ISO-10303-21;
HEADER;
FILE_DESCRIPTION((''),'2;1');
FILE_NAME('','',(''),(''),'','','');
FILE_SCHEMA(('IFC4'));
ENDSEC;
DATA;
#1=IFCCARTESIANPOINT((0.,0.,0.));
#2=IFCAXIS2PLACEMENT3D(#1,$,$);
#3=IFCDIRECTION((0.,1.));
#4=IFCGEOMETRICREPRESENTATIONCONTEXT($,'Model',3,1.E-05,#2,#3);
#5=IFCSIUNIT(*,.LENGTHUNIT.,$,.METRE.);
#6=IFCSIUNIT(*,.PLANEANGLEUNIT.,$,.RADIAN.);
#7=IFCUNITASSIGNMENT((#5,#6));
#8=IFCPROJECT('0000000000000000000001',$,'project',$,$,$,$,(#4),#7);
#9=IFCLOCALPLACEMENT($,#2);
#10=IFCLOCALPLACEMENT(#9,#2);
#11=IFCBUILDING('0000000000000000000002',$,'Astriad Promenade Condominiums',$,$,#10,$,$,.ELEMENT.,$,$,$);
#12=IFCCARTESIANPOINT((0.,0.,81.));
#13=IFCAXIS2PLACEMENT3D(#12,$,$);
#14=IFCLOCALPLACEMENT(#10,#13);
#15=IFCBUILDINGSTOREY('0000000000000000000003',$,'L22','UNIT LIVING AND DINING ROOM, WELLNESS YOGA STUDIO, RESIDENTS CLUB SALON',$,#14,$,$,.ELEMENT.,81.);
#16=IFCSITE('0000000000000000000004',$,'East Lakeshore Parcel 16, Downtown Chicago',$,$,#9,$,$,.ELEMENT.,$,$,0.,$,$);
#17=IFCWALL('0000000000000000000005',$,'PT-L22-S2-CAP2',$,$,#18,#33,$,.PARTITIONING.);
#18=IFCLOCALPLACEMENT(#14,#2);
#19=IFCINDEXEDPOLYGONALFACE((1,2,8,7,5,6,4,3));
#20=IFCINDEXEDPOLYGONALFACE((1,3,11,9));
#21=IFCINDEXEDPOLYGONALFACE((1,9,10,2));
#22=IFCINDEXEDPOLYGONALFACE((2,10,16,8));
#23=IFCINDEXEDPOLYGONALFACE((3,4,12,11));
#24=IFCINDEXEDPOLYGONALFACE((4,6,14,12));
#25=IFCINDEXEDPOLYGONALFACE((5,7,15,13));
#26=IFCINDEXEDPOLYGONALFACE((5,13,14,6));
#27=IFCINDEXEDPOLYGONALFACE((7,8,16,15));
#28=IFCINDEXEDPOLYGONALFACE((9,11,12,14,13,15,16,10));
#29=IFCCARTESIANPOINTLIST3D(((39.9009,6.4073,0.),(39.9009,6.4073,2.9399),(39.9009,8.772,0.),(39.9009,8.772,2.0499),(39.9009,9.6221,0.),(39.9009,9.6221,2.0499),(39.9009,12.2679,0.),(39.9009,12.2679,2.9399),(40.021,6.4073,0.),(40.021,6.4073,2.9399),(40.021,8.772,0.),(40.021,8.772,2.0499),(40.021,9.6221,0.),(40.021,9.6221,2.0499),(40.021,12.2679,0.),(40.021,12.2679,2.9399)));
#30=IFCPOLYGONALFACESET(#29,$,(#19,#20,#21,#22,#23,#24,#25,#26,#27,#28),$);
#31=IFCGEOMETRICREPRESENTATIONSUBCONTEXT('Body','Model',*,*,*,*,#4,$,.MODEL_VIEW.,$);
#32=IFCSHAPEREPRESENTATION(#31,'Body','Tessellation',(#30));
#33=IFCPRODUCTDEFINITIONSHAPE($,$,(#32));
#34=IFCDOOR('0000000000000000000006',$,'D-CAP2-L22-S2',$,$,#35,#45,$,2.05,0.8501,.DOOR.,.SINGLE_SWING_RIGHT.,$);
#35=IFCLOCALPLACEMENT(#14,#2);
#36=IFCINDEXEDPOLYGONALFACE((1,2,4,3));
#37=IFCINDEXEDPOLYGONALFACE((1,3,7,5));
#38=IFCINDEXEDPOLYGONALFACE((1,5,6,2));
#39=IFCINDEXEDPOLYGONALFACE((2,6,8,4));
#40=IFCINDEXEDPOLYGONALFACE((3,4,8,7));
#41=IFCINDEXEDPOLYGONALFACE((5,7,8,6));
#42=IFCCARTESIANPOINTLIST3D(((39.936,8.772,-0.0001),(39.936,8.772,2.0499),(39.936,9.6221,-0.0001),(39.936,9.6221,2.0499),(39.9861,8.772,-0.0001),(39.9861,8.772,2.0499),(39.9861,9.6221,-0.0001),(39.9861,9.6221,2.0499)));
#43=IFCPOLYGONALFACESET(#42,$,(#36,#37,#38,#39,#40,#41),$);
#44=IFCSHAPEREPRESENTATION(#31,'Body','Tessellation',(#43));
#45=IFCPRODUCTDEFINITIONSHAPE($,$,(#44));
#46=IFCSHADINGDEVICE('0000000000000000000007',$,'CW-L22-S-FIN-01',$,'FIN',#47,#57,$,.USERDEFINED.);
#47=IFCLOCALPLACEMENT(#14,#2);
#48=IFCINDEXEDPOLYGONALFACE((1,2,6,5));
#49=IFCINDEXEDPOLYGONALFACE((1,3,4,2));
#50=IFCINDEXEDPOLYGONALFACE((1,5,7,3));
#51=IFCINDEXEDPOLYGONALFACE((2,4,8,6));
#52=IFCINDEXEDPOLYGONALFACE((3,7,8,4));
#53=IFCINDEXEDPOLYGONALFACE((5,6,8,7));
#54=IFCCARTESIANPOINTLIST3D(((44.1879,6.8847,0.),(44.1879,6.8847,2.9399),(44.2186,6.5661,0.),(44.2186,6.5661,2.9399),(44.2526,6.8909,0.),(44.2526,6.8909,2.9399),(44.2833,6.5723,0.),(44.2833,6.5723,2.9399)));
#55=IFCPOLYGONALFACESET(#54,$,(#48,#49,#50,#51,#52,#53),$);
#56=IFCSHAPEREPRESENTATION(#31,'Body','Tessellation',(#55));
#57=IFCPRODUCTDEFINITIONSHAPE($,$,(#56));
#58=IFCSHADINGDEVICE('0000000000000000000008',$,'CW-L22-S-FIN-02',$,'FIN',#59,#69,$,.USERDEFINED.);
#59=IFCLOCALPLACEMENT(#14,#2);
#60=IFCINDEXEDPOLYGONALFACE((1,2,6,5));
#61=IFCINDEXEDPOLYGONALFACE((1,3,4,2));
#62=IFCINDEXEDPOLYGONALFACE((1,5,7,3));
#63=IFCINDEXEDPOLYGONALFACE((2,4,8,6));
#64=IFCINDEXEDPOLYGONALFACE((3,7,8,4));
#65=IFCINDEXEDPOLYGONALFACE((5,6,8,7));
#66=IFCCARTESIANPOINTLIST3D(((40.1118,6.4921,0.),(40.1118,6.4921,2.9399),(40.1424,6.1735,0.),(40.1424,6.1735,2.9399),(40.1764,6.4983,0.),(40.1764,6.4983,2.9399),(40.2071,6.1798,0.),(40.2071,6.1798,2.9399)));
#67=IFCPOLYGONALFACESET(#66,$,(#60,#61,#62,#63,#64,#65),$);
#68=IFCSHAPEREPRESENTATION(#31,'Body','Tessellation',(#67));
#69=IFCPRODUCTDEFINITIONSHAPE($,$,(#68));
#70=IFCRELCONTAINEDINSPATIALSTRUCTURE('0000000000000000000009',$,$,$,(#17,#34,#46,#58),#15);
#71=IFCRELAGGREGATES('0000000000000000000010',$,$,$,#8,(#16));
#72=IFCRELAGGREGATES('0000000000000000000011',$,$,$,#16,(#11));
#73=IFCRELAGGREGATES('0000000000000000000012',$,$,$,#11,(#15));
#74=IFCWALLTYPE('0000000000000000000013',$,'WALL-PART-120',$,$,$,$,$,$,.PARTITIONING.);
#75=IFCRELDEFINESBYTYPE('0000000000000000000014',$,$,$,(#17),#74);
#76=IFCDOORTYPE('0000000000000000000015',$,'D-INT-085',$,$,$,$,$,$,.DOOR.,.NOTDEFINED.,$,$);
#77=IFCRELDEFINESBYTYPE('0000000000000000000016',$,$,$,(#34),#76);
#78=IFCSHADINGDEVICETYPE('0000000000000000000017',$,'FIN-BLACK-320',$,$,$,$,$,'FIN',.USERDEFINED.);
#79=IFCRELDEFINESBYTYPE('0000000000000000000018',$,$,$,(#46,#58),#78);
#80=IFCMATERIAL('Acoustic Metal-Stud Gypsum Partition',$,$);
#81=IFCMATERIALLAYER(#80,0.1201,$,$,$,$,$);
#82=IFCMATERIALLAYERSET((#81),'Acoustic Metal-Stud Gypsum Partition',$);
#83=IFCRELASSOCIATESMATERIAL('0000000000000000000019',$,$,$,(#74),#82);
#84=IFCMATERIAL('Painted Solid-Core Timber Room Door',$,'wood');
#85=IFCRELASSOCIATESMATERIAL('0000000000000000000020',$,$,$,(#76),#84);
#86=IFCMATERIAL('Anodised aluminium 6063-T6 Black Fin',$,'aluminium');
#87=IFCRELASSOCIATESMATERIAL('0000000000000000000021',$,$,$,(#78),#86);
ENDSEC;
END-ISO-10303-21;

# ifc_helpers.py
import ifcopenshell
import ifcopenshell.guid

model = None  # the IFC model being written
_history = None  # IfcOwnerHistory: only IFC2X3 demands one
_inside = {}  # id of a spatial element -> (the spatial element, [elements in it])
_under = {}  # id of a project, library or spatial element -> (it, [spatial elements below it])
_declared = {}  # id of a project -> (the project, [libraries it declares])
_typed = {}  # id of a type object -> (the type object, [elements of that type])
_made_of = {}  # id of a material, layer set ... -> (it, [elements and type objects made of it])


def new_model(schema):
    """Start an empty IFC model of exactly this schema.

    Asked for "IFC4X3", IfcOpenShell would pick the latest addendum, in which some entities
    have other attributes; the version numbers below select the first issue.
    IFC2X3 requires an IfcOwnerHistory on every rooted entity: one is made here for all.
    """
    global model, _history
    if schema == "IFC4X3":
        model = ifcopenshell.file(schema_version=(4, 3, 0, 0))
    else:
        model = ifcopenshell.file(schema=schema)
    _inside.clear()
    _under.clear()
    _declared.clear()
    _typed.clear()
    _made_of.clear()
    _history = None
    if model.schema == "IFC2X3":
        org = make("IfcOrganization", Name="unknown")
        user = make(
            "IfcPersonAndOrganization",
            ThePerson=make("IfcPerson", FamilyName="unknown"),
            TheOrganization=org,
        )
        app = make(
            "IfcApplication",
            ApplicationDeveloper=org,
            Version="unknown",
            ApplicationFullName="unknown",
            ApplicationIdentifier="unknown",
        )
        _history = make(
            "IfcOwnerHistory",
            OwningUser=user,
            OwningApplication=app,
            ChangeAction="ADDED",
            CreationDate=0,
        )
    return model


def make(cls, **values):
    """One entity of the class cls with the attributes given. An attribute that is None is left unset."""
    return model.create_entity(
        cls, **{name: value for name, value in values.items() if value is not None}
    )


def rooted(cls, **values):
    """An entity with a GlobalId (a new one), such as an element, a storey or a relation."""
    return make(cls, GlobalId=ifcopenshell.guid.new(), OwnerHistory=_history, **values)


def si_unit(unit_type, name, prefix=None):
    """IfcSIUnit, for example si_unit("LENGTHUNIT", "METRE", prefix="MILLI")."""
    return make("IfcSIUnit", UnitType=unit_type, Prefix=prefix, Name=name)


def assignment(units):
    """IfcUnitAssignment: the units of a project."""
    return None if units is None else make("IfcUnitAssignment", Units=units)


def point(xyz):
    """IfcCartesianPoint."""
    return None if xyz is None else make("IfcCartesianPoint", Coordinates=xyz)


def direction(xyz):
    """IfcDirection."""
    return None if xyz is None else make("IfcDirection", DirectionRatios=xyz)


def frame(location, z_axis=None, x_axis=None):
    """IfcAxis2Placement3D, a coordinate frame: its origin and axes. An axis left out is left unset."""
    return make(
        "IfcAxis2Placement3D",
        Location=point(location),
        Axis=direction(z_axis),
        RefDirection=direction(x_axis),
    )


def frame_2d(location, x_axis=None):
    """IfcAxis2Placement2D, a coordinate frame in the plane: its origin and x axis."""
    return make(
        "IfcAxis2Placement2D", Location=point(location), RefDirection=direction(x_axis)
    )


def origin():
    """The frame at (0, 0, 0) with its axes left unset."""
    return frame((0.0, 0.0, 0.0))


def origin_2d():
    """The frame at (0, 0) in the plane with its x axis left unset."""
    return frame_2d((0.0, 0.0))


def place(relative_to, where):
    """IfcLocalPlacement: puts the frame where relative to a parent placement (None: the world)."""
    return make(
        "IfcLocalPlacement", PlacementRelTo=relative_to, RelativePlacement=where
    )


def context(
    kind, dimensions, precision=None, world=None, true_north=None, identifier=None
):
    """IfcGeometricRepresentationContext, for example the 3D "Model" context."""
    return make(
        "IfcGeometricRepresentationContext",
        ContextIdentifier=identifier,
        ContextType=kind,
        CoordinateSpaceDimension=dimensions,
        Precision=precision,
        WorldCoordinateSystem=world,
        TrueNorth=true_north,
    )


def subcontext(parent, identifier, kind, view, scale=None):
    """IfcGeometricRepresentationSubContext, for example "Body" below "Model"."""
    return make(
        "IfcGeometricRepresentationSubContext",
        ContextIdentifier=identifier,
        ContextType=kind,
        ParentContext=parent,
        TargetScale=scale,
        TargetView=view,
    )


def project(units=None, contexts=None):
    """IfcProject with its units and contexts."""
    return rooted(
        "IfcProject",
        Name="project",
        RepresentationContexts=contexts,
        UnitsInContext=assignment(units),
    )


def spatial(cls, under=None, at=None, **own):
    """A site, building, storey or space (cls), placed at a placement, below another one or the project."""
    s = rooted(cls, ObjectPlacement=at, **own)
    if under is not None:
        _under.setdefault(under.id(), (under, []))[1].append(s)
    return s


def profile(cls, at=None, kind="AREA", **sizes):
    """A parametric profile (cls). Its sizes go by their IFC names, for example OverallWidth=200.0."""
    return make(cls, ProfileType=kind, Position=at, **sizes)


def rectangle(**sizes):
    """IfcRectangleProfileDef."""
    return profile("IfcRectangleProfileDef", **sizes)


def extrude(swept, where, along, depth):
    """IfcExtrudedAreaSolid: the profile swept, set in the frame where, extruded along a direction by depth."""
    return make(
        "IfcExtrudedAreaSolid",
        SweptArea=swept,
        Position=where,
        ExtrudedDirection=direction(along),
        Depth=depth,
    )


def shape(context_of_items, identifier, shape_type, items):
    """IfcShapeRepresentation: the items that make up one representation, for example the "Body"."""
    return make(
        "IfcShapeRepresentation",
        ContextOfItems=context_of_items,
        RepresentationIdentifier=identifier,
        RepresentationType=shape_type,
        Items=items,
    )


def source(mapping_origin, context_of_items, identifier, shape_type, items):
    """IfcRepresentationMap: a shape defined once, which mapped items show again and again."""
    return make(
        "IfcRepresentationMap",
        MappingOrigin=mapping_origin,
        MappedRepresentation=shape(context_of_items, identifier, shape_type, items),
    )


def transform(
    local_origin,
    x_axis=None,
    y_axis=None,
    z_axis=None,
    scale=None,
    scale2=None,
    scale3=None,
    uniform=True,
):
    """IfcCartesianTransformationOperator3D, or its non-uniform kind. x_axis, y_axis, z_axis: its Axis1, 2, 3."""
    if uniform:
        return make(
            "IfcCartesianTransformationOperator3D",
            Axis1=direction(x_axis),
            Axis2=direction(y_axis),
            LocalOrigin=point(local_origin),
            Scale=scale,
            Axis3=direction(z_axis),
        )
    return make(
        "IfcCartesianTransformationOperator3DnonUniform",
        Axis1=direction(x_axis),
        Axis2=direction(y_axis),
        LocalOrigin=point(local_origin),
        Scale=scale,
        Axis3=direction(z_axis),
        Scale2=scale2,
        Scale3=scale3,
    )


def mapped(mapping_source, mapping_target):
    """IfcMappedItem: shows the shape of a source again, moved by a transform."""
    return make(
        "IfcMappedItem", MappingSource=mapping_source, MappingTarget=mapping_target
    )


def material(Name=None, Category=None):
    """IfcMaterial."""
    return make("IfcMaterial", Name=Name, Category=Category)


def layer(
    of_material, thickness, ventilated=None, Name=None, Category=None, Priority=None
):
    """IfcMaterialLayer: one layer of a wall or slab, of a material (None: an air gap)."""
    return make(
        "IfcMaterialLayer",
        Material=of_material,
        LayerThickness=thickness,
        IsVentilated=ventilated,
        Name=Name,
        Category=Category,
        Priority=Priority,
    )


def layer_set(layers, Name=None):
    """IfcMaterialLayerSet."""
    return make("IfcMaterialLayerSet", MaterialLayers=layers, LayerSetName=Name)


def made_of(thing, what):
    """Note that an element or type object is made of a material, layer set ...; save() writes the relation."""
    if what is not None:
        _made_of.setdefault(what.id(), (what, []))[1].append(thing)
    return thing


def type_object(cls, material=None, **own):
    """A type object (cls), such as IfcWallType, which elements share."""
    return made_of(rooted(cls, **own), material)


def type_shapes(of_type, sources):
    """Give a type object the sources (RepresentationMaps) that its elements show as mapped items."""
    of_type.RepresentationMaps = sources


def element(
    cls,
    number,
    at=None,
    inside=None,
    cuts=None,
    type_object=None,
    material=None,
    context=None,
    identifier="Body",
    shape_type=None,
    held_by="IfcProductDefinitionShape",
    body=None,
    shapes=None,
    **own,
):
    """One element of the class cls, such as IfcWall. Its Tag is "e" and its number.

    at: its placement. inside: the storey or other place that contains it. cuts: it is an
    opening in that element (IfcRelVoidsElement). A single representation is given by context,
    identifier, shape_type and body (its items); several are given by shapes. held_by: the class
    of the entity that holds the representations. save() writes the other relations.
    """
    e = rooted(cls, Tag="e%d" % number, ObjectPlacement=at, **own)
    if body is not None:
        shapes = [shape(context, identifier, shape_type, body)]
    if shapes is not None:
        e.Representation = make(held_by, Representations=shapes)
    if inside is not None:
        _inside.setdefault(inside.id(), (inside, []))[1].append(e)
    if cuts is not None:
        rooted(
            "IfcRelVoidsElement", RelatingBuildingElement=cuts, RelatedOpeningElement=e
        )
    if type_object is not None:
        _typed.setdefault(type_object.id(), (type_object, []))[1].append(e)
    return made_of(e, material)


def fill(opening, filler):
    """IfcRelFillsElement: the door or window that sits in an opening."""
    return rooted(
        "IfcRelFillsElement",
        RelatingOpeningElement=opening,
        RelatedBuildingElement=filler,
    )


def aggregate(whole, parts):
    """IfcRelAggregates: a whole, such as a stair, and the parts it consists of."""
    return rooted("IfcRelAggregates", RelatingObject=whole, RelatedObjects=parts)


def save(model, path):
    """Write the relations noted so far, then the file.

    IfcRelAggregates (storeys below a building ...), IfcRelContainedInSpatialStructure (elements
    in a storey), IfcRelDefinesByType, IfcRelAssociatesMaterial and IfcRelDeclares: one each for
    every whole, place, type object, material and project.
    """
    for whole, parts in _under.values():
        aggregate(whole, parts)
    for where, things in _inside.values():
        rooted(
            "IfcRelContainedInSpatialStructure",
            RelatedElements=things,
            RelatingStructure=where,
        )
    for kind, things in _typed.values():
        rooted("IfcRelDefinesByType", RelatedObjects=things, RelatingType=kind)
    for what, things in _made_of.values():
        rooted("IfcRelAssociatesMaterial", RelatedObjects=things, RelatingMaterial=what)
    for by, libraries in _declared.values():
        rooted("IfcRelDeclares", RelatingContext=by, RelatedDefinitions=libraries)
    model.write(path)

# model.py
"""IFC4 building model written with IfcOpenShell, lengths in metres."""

from ifc_helpers import new_model, si_unit, direction, frame, frame_2d, origin, origin_2d, place, context, subcontext, project, spatial, rectangle, extrude, source, transform, mapped, material, layer, layer_set, type_object, type_shapes, element, fill, save


model = new_model("IFC4")

# Units and contexts
model_context = context("Model", 3, precision=1e-05, world=origin(), true_north=direction((0.0, 1.0)))
body_context = subcontext(model_context, "Body", "Model", "MODEL_VIEW")
ifc_project = project(units=[si_unit("LENGTHUNIT", "METRE"), si_unit("PLANEANGLEUNIT", "RADIAN")], contexts=[model_context])

# Site, building, storey
site_placement = place(None, origin())
site = spatial("IfcSite", under=ifc_project, at=site_placement, Name="East Lakeshore Parcel 16, Downtown Chicago", CompositionType="ELEMENT", RefElevation=0.0)
building_placement = place(site_placement, origin())
building = spatial("IfcBuilding", under=site, at=building_placement, Name="Astriad Promenade Condominiums", CompositionType="ELEMENT")
storey_placement = place(building_placement, frame((0.0, 0.0, 81.0)))
storey = spatial("IfcBuildingStorey", under=building, at=storey_placement, Name="L22", Description="UNIT LIVING AND DINING ROOM, WELLNESS YOGA STUDIO, RESIDENTS CLUB SALON", CompositionType="ELEMENT", Elevation=81.0)

# Wall, opening, door
ifc_material_1 = material(Name="Acoustic Metal-Stud Gypsum Partition")
ifc_layer_1 = layer(ifc_material_1, 0.1201)
ifc_layer_set_1 = layer_set([ifc_layer_1], Name="Acoustic Metal-Stud Gypsum Partition")
wall_type = type_object("IfcWallType", Name="WALL-PART-120", PredefinedType="PARTITIONING", material=ifc_layer_set_1)
wall_placement = place(storey_placement, frame((39.9609, 6.4075, 0.0), z_axis=(0.0, 0.0, 1.0), x_axis=(0.0, 1.0, 0.0)))
wall = element("IfcWall", 1, at=wall_placement, inside=storey, type_object=wall_type, Name="PT-L22-S2-CAP2", PredefinedType="PARTITIONING", context=body_context, shape_type="SweptSolid", body=[
    extrude(rectangle(XDim=5.8606, YDim=0.1201, at=frame_2d((2.9302, 0.0))), origin(), (0.0, 0.0, 1.0), 2.9399),
])
opening_placement = place(wall_placement, frame((2.3645, 0.0, 0.0)))
opening = element("IfcOpeningElement", 2, at=opening_placement, cuts=wall, PredefinedType="OPENING", context=body_context, shape_type="SweptSolid", body=[
    extrude(rectangle(XDim=0.8501, YDim=2.05, at=frame_2d((0.425, 1.0249))), frame((0.0, 0.0701, 0.0), z_axis=(0.0, -1.0, 0.0), x_axis=(1.0, 0.0, 0.0)), (0.0, 0.0, 1.0), 0.1401),
])
ifc_material_2 = material(Name="Painted Solid-Core Timber Room Door", Category="wood")
door_type = type_object("IfcDoorType", Name="D-INT-085", OperationType="NOTDEFINED", PredefinedType="DOOR", material=ifc_material_2)
shared_shape_1 = source(origin(), body_context, "Body", "SweptSolid", [
    extrude(rectangle(XDim=0.8501, YDim=2.05, at=frame_2d((0.425, 1.0249))), frame((0.0, 0.0249, 0.0), z_axis=(0.0, -1.0, 0.0), x_axis=(1.0, 0.0, 0.0)), (0.0, 0.0, 1.0), 0.05),
])
type_shapes(door_type, [shared_shape_1])
door_placement = place(opening_placement, origin())
door = element("IfcDoor", 3, at=door_placement, inside=storey, type_object=door_type, Name="D-CAP2-L22-S2", OperationType="SINGLE_SWING_RIGHT", OverallHeight=2.05, OverallWidth=0.8501, PredefinedType="DOOR", context=body_context, shape_type="MappedRepresentation", body=[
    mapped(shared_shape_1, transform((0.0, 0.0, 0.0), scale=1.0)),
])
fill(opening, door)

# Shading devices
ifc_material_3 = material(Name="Anodised aluminium 6063-T6 Black Fin", Category="aluminium")
shading_device_type = type_object("IfcShadingDeviceType", Name="FIN-BLACK-320", ElementType="FIN", PredefinedType="USERDEFINED", material=ifc_material_3)
shared_shape_2 = source(origin(), body_context, "Body", "SweptSolid", [
    extrude(rectangle(XDim=0.0649, YDim=0.3201, at=origin_2d()), origin(), (0.0, 0.0, 1.0), 2.9399),
])
type_shapes(shading_device_type, [shared_shape_2])
for number, where, z_axis, x_axis, name in (
    (4, (44.2356, 6.7285, 0.0), (0.0, 0.0, 1.0), (-0.995396, -0.095846, 0.0), "CW-L22-S-FIN-01"),
    (5, (40.1594, 6.3359, 0.0), (0.0, 0.0, 1.0), (-0.995396, -0.095846, 0.0), "CW-L22-S-FIN-02"),
):
    element("IfcShadingDevice", number, at=place(storey_placement, frame(where, z_axis=z_axis, x_axis=x_axis)), inside=storey, type_object=shading_device_type, Name=name, ObjectType="FIN", PredefinedType="USERDEFINED", context=body_context, shape_type="MappedRepresentation", body=[
        mapped(shared_shape_2, transform((0.0, 0.0, 0.0), scale=1.0)),
    ])

save(model, "model.ifc")
